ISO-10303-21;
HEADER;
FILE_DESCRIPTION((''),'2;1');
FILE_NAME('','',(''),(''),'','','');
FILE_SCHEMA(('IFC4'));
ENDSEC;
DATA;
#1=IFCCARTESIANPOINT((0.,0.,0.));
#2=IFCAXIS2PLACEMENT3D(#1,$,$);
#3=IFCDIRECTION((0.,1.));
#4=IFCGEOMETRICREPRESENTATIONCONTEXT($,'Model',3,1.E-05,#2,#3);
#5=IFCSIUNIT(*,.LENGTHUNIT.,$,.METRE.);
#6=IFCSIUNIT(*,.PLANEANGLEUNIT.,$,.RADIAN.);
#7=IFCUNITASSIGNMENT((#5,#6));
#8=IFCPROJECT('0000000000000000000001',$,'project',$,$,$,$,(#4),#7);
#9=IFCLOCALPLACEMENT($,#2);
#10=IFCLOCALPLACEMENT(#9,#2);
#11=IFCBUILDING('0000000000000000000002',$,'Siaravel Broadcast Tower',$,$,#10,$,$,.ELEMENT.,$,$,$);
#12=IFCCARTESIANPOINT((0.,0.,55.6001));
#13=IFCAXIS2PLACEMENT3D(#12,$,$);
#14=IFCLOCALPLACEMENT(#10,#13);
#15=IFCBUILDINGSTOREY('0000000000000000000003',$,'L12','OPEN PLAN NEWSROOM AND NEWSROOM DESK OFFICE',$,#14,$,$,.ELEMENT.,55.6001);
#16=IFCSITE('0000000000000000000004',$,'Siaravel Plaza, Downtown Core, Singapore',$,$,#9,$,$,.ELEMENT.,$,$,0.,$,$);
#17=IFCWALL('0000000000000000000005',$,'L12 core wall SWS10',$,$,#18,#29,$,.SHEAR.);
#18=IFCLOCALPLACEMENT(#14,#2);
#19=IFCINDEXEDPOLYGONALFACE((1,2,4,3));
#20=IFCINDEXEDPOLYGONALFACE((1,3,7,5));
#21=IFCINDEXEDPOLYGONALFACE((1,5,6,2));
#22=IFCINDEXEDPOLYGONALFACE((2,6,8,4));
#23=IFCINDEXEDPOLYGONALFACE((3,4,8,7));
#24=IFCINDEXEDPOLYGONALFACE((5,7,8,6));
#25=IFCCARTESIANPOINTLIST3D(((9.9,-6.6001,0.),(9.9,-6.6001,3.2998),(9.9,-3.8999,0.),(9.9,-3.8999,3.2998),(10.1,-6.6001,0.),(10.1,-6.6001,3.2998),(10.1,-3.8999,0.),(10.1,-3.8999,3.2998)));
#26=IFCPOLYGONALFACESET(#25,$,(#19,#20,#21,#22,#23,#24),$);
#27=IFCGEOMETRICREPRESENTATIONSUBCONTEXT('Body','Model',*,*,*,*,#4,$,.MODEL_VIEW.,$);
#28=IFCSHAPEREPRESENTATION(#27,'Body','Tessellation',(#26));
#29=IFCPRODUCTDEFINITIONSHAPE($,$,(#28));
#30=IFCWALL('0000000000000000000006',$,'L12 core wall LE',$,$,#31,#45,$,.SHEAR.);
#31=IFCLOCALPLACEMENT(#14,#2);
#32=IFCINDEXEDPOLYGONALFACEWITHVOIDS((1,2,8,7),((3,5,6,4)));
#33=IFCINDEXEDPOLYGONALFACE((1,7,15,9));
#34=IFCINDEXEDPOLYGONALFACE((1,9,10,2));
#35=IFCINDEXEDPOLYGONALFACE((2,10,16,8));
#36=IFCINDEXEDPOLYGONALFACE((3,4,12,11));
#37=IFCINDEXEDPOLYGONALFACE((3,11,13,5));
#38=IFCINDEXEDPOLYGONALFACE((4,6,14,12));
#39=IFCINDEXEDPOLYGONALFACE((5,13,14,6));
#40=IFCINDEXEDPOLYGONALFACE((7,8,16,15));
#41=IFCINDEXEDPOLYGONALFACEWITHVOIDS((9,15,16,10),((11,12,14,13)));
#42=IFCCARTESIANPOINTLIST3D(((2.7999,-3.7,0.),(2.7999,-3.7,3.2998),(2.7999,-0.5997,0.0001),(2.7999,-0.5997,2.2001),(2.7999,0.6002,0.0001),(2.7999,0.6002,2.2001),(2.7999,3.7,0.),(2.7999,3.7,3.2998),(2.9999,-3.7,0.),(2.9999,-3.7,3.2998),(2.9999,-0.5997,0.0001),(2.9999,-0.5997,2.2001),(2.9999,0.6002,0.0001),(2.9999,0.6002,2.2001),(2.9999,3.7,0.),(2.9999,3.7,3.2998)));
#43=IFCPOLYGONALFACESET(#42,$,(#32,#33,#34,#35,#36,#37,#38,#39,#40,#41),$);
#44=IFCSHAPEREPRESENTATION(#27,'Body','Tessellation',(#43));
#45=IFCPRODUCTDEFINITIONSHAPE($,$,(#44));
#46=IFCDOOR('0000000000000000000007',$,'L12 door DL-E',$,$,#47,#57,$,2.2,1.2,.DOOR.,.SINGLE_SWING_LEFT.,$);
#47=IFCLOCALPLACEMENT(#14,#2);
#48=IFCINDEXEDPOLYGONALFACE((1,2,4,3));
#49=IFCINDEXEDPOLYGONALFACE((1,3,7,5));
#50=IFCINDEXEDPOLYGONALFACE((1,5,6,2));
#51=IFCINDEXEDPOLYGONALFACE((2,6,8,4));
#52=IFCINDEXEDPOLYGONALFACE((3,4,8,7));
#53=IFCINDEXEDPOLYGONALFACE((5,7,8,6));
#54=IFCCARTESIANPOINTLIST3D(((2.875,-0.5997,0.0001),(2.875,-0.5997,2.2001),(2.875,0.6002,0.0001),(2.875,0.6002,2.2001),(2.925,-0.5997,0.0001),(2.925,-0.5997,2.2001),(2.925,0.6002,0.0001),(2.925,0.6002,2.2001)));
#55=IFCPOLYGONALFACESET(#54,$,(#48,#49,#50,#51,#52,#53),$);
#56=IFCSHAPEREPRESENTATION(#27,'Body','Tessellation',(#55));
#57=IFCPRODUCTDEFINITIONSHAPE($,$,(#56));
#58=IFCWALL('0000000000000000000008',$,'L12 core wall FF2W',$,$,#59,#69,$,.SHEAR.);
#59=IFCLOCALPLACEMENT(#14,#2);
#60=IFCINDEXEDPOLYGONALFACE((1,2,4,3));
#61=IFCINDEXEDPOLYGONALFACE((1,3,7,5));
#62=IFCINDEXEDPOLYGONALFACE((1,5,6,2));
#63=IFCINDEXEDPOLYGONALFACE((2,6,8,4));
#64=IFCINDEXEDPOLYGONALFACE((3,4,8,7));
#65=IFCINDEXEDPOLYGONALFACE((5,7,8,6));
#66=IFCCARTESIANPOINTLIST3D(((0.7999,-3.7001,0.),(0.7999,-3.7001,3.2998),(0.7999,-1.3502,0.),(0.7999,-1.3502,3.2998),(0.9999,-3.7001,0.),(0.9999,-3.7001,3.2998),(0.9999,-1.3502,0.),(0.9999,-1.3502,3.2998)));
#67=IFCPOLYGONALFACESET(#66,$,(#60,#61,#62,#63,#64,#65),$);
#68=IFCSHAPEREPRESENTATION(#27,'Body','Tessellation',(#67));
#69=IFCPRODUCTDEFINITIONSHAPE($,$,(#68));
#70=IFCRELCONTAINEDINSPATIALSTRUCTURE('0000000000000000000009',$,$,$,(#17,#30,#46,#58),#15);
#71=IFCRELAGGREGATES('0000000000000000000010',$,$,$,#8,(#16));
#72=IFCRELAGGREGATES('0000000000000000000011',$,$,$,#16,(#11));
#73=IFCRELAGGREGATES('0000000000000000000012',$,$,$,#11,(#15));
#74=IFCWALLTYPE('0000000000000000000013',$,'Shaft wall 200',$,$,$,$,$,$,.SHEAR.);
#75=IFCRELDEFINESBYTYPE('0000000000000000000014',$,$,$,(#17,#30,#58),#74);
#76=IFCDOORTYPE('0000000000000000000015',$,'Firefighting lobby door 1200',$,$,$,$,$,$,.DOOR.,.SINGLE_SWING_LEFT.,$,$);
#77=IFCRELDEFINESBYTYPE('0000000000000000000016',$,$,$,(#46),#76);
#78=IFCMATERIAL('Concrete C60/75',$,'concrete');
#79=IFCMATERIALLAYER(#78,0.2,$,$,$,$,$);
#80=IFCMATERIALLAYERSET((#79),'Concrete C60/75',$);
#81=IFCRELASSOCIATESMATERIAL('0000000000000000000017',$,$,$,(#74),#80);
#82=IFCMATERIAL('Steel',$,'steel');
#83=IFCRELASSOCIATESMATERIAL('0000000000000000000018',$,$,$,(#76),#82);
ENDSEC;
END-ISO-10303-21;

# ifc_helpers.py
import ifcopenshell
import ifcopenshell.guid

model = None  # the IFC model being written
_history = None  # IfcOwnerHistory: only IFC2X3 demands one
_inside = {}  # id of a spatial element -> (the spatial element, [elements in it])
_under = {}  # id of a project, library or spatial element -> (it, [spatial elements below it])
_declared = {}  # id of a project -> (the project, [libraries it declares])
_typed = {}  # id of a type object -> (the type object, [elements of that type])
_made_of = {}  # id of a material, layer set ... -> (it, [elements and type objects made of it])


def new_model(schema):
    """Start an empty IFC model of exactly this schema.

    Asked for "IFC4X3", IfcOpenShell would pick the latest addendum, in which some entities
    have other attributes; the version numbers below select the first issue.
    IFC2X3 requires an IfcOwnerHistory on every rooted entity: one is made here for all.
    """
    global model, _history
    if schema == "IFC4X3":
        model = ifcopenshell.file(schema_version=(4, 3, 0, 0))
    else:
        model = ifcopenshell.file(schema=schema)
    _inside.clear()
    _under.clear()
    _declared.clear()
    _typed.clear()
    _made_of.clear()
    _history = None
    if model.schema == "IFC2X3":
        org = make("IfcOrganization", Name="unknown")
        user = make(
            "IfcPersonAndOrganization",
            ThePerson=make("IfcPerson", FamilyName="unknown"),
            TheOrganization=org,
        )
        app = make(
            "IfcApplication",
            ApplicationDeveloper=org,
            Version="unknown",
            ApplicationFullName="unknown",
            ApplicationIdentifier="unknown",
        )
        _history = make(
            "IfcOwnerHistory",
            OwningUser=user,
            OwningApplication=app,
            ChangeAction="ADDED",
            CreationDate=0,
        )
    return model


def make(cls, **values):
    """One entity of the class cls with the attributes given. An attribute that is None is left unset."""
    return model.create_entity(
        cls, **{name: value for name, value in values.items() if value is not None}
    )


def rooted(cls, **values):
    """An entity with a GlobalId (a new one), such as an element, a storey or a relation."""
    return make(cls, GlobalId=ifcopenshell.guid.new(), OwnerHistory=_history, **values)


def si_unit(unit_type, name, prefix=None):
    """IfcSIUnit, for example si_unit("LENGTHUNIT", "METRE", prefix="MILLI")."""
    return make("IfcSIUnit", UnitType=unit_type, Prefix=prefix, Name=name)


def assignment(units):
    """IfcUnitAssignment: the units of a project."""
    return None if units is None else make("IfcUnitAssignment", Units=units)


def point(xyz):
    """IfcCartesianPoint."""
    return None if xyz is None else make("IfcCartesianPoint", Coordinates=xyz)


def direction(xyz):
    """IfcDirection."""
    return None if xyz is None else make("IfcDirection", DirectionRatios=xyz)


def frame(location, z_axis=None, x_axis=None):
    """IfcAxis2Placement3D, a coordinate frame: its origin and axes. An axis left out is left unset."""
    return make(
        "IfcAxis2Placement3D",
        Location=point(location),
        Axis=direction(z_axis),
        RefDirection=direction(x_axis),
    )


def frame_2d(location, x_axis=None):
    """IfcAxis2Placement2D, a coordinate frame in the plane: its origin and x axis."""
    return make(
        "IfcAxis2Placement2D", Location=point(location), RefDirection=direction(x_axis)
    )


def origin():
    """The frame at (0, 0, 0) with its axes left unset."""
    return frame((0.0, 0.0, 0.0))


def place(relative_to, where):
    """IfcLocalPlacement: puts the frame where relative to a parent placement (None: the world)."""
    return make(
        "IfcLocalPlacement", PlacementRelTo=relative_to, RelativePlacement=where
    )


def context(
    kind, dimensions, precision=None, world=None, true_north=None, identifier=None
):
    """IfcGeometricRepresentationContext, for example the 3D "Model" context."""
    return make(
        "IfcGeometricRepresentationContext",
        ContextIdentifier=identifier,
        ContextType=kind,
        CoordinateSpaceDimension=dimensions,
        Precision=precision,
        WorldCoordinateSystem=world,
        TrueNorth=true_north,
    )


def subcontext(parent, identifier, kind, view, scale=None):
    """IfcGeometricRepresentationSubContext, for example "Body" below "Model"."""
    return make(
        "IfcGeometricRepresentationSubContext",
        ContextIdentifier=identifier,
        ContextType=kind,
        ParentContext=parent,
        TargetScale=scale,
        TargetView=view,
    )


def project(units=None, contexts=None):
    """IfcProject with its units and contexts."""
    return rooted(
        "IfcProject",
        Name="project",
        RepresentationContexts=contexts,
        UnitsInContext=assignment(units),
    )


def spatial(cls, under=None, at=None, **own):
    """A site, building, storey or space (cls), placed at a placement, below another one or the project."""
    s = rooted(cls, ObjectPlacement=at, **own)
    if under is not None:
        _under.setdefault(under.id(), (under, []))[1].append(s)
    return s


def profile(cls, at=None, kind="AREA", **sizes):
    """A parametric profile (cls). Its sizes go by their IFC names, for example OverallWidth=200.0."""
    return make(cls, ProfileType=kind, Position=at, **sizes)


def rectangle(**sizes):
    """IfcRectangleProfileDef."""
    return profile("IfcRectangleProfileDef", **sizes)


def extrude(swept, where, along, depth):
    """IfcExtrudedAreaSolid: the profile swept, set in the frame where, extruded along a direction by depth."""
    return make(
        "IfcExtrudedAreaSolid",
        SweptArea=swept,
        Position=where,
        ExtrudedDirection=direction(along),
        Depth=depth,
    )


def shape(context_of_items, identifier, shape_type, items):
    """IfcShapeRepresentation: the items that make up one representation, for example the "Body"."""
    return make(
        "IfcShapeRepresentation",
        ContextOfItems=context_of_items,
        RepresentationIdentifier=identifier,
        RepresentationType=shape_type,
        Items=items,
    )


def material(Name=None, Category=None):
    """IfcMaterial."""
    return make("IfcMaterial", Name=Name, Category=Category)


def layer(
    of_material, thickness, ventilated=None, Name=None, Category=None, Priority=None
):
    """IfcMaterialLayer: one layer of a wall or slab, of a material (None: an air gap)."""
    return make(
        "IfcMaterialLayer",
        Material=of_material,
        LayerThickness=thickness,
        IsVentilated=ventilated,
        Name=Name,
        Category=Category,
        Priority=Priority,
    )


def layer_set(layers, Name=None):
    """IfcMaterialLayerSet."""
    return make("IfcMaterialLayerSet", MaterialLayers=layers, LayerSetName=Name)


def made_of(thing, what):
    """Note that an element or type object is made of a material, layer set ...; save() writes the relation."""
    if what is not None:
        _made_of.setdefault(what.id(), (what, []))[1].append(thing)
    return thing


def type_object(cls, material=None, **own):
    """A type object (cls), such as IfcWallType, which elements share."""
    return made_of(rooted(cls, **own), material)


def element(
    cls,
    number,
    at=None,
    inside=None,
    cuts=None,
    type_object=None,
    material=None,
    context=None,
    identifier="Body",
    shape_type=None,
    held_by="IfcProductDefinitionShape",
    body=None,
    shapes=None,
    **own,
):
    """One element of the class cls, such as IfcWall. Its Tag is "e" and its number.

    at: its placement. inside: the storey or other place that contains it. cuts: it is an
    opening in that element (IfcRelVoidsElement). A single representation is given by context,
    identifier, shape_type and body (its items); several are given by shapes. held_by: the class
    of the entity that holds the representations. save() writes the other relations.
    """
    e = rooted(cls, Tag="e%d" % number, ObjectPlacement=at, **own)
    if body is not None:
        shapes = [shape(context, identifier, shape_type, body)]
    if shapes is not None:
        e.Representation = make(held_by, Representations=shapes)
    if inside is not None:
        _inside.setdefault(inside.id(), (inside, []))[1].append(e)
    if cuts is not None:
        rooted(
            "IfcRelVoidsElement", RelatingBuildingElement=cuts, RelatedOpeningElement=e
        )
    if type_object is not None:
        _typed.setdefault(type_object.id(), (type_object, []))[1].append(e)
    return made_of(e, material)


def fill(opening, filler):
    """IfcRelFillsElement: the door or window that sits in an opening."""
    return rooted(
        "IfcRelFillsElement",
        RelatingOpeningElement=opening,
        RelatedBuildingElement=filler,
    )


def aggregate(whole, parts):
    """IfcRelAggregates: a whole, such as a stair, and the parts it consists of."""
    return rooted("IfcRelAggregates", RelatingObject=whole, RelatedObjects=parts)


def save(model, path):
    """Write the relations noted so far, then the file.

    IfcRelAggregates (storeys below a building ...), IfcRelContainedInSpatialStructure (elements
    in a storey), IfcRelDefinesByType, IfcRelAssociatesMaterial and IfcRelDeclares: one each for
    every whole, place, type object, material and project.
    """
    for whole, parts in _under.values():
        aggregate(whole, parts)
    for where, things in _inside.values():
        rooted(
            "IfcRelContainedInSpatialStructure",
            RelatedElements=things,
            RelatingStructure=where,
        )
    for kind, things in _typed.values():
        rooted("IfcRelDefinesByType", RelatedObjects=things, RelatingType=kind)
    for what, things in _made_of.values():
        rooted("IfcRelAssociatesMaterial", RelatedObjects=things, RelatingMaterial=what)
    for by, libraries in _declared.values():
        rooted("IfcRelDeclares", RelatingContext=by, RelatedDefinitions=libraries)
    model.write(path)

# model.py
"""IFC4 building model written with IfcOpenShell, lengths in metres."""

from ifc_helpers import new_model, si_unit, direction, frame, frame_2d, origin, place, context, subcontext, project, spatial, rectangle, extrude, material, layer, layer_set, type_object, element, fill, save


model = new_model("IFC4")

# Units and contexts
model_context = context("Model", 3, precision=1e-05, world=origin(), true_north=direction((0.0, 1.0)))
body_context = subcontext(model_context, "Body", "Model", "MODEL_VIEW")
ifc_project = project(units=[si_unit("LENGTHUNIT", "METRE"), si_unit("PLANEANGLEUNIT", "RADIAN")], contexts=[model_context])

# Site, building, storey
site_placement = place(None, origin())
site = spatial("IfcSite", under=ifc_project, at=site_placement, Name="Siaravel Plaza, Downtown Core, Singapore", CompositionType="ELEMENT", RefElevation=0.0)
building_placement = place(site_placement, origin())
building = spatial("IfcBuilding", under=site, at=building_placement, Name="Siaravel Broadcast Tower", CompositionType="ELEMENT")
storey_placement = place(building_placement, frame((0.0, 0.0, 55.6001)))
storey = spatial("IfcBuildingStorey", under=building, at=storey_placement, Name="L12", Description="OPEN PLAN NEWSROOM AND NEWSROOM DESK OFFICE", CompositionType="ELEMENT", Elevation=55.6001)

# Shared definitions
ifc_material_1 = material(Name="Concrete C60/75", Category="concrete")
ifc_material_2 = material(Name="Steel", Category="steel")

# Wall
ifc_layer_1 = layer(ifc_material_1, 0.2)
ifc_layer_set_1 = layer_set([ifc_layer_1], Name="Concrete C60/75")
wall_type_1 = type_object("IfcWallType", Name="Shaft wall 200", PredefinedType="SHEAR", material=ifc_layer_set_1)
for number, where, z_axis, x_axis, name in (
    (1, (10.0, -6.6001, 0.0), (0.0, 0.0, 1.0), (0.0, 1.0, 0.0), "L12 core wall SWS10"),
):
    element("IfcWall", number, at=place(storey_placement, frame(where, z_axis=z_axis, x_axis=x_axis)), inside=storey, type_object=wall_type_1, Name=name, PredefinedType="SHEAR", context=body_context, shape_type="SweptSolid", body=[
        extrude(rectangle(XDim=2.7002, YDim=0.2, at=frame_2d((1.3501, 0.0))), origin(), (0.0, 0.0, 1.0), 3.2998),
    ])

# Wall, opening, door
wall_1_placement = place(storey_placement, frame((2.8999, -3.7, 0.0), z_axis=(0.0, 0.0, 1.0), x_axis=(0.0, 1.0, 0.0)))
wall_1 = element("IfcWall", 2, at=wall_1_placement, inside=storey, type_object=wall_type_1, Name="L12 core wall LE", PredefinedType="SHEAR", context=body_context, shape_type="SweptSolid", body=[
    extrude(rectangle(XDim=7.3999, YDim=0.2, at=frame_2d((3.7, 0.0))), origin(), (0.0, 0.0, 1.0), 3.2998),
])
opening_1_placement = place(wall_1_placement, frame((3.1001, 0.0, 0.0)))
opening_1 = element("IfcOpeningElement", 3, at=opening_1_placement, cuts=wall_1, PredefinedType="OPENING", context=body_context, shape_type="SweptSolid", body=[
    extrude(rectangle(XDim=1.2, YDim=2.2, at=frame_2d((0.6001, 1.1001))), frame((0.0, 0.1099, 0.0), z_axis=(0.0, -1.0, 0.0), x_axis=(1.0, 0.0, 0.0)), (0.0, 0.0, 1.0), 0.22),
])
door_type_1 = type_object("IfcDoorType", Name="Firefighting lobby door 1200", OperationType="SINGLE_SWING_LEFT", PredefinedType="DOOR", material=ifc_material_2)
door_1_placement = place(opening_1_placement, origin())
door_1 = element("IfcDoor", 4, at=door_1_placement, inside=storey, type_object=door_type_1, Name="L12 door DL-E", OperationType="SINGLE_SWING_LEFT", OverallHeight=2.2, OverallWidth=1.2, PredefinedType="DOOR", context=body_context, shape_type="SweptSolid", body=[
    extrude(rectangle(XDim=1.2, YDim=2.2, at=frame_2d((0.6001, 1.1001))), frame((0.0, 0.0249, 0.0), z_axis=(0.0, -1.0, 0.0), x_axis=(1.0, 0.0, 0.0)), (0.0, 0.0, 1.0), 0.05),
])
fill(opening_1, door_1)

# Wall
wall_2_placement = place(storey_placement, frame((0.8999, -3.7, 0.0), z_axis=(0.0, 0.0, 1.0), x_axis=(0.0, 1.0, 0.0)))
element("IfcWall", 5, at=wall_2_placement, inside=storey, type_object=wall_type_1, Name="L12 core wall FF2W", PredefinedType="SHEAR", context=body_context, shape_type="SweptSolid", body=[
    extrude(rectangle(XDim=2.3499, YDim=0.2, at=frame_2d((1.1748, 0.0))), origin(), (0.0, 0.0, 1.0), 3.2998),
])

save(model, "model.ifc")
